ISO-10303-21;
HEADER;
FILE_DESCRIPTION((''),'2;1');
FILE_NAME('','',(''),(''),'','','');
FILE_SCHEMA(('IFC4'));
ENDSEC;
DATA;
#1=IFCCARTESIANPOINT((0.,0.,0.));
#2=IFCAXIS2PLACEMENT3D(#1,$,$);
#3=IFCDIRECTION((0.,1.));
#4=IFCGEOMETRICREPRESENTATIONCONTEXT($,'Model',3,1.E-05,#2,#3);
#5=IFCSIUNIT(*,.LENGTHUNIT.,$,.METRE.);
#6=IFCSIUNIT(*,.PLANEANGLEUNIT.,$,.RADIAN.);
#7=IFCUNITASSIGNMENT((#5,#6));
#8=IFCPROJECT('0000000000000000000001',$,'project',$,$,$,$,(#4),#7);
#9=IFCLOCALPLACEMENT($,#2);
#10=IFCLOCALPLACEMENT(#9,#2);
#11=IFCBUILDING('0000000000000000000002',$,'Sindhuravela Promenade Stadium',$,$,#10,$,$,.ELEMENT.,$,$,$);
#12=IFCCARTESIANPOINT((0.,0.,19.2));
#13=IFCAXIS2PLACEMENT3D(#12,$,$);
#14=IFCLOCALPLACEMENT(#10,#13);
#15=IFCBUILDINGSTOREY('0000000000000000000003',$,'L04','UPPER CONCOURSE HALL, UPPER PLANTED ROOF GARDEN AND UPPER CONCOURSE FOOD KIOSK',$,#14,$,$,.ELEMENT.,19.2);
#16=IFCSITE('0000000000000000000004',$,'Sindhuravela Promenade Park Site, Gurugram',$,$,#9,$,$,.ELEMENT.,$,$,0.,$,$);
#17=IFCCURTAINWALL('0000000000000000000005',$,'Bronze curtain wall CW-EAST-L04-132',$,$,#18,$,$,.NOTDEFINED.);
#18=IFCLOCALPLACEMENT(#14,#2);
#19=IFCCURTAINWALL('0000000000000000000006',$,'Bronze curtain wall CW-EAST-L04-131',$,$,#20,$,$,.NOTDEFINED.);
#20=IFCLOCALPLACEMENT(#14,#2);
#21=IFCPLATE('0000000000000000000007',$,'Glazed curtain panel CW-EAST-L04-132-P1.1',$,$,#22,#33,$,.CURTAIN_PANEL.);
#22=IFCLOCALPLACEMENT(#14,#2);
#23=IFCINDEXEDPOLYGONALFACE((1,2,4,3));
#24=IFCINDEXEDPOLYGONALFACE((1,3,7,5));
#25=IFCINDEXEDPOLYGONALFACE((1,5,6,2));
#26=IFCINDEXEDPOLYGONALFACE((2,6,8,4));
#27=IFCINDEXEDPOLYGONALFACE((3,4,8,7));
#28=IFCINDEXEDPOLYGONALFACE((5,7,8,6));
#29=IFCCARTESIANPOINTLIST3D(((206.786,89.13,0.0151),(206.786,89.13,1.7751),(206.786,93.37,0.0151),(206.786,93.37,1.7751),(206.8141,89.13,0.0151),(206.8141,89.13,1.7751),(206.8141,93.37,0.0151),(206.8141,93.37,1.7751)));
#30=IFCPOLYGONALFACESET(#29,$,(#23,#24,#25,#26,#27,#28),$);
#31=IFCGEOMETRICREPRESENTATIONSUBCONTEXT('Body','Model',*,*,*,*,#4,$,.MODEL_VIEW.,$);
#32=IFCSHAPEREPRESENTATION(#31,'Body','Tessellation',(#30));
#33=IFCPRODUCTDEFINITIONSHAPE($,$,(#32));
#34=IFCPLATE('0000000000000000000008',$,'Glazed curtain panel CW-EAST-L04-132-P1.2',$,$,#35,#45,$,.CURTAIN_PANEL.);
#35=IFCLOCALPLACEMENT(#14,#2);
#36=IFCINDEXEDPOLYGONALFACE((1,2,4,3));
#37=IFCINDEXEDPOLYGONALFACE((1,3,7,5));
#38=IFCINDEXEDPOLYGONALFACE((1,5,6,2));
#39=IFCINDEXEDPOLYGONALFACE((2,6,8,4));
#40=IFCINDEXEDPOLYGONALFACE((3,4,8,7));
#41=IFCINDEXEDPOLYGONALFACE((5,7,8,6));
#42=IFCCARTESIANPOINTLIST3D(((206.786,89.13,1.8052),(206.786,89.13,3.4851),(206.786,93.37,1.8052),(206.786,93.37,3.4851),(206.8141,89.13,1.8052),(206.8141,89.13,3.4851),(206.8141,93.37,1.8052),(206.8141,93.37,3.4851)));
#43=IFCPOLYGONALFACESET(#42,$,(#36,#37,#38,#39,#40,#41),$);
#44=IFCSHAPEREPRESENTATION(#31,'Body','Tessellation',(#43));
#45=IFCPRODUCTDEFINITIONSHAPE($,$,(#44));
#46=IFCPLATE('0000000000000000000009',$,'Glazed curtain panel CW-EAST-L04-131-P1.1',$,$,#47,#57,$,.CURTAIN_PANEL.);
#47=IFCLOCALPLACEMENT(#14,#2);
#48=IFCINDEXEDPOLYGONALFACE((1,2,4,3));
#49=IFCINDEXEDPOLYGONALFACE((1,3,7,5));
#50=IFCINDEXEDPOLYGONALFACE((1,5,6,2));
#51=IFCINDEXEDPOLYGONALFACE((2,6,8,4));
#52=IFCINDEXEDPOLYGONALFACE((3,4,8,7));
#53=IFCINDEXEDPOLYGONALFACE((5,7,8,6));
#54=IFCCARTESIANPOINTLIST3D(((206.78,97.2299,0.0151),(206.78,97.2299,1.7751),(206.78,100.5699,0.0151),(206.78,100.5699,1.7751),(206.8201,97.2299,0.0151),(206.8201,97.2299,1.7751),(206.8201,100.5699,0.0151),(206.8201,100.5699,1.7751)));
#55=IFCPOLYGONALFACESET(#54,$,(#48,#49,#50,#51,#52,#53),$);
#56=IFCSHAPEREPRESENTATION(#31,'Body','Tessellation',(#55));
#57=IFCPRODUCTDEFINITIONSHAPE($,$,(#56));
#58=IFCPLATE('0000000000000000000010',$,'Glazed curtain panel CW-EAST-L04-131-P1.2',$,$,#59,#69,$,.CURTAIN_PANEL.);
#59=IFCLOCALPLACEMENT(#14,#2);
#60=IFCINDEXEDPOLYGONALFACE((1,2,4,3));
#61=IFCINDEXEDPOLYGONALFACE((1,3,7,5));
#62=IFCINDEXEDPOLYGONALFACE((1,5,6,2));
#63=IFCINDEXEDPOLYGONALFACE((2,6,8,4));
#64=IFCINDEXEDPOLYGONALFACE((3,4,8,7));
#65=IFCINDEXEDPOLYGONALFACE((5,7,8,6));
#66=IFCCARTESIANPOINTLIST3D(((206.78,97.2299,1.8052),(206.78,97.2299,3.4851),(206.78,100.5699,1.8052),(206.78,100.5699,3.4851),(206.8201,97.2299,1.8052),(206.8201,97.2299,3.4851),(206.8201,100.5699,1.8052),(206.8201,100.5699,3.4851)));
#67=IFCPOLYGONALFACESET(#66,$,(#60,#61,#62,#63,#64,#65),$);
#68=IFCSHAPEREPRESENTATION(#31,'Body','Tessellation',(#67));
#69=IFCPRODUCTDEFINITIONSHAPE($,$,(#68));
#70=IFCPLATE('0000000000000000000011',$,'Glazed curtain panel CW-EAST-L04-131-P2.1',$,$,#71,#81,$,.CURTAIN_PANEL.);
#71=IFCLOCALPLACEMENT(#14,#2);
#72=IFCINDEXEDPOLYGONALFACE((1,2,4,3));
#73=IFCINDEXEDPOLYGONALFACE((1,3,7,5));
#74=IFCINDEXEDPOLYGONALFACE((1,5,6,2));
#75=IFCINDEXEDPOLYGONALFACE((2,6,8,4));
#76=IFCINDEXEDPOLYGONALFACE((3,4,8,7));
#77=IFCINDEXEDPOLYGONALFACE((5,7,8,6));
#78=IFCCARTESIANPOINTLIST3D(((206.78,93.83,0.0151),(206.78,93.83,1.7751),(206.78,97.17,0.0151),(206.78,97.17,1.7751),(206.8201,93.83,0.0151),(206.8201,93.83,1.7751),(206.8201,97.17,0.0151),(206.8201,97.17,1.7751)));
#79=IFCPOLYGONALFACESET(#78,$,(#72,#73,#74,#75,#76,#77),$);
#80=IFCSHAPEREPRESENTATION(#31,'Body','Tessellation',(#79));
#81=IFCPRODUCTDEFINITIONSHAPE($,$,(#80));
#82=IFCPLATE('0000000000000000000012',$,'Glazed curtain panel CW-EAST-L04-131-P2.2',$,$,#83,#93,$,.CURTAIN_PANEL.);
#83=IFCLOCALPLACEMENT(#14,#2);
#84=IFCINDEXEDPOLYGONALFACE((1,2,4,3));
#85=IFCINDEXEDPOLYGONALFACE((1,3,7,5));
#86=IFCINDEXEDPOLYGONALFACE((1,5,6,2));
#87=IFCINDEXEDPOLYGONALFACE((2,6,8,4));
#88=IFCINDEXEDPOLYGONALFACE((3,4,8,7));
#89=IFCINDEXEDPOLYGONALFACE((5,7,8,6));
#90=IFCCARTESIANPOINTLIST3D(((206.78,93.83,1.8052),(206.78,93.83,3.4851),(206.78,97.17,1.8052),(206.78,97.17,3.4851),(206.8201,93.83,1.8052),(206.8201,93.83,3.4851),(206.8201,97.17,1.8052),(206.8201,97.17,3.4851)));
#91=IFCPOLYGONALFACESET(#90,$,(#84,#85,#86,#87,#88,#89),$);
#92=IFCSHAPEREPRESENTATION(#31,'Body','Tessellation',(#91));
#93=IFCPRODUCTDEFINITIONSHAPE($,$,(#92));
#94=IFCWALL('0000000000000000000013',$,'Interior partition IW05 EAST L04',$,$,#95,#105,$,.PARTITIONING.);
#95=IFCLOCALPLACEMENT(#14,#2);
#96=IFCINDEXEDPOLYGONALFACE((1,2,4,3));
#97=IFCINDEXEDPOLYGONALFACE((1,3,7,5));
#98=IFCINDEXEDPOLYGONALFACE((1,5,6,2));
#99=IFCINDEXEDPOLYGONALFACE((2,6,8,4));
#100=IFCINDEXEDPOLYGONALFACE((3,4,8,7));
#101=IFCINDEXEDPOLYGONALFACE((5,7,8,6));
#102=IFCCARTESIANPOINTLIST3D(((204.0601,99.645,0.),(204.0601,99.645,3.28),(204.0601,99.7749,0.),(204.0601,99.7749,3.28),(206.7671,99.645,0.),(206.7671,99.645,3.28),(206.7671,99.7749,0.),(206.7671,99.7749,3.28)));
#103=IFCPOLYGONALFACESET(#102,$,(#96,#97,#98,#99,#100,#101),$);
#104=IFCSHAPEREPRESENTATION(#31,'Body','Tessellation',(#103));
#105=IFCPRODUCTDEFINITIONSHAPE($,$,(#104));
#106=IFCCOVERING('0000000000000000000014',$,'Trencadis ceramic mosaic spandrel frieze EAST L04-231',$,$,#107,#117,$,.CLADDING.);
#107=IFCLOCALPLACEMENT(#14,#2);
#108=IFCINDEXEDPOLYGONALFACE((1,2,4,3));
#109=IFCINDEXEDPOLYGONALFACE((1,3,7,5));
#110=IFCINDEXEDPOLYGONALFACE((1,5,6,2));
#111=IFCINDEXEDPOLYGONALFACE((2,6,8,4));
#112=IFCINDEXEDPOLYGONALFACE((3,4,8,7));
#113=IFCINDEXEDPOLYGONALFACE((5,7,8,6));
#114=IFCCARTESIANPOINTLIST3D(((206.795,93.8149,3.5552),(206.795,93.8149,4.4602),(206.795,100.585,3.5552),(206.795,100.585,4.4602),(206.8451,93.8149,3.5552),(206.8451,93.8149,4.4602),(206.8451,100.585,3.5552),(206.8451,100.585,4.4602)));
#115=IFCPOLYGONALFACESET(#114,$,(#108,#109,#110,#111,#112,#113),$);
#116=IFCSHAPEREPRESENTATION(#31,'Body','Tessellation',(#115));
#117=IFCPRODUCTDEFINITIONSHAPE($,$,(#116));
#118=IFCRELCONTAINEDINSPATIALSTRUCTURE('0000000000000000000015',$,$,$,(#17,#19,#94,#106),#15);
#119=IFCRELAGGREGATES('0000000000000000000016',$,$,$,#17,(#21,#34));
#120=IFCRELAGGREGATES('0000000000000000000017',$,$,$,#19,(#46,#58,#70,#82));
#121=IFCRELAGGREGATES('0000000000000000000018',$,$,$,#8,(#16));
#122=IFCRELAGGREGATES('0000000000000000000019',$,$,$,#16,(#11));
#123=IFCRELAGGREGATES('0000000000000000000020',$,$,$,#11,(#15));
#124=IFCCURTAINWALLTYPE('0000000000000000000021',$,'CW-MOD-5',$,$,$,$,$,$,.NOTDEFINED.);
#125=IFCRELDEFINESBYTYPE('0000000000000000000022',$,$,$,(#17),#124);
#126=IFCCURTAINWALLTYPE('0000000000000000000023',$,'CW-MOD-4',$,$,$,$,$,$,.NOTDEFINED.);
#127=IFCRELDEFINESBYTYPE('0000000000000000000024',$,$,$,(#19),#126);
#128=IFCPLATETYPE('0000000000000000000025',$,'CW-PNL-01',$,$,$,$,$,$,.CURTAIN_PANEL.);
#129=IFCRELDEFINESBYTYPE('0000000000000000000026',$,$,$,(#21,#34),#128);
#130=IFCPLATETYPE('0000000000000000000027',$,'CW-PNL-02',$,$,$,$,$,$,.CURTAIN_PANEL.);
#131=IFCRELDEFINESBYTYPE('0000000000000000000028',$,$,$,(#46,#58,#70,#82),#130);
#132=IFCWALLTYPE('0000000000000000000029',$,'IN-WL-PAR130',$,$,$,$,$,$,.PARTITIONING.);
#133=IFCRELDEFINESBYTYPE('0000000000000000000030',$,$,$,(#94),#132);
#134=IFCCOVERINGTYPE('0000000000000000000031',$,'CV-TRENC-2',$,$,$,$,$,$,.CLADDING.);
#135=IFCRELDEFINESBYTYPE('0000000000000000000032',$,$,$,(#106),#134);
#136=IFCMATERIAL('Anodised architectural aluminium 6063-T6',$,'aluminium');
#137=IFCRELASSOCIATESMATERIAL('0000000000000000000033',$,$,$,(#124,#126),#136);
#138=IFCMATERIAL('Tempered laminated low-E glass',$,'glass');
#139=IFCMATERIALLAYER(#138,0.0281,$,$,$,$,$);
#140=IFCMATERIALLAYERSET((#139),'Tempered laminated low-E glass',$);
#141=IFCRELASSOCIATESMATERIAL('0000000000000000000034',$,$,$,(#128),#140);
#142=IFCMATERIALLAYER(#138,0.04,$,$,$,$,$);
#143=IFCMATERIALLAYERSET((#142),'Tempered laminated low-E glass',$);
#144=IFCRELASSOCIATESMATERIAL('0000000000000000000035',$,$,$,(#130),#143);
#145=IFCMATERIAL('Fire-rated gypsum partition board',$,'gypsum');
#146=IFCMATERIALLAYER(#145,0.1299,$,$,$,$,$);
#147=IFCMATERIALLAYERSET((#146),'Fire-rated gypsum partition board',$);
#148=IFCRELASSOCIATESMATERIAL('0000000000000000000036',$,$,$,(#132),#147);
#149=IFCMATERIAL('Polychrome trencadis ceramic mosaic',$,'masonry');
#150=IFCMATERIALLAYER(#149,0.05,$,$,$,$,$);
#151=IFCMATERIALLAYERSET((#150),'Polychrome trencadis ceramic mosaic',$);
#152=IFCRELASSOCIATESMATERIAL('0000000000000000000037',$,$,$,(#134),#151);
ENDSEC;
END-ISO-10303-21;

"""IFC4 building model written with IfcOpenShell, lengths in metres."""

from ifc_helpers import new_model, si_unit, direction, frame, frame_2d, origin, origin_2d, place, context, subcontext, project, spatial, rectangle, extrude, material, layer, layer_set, type_object, element, aggregate, save


model = new_model("IFC4")

# Units and contexts
model_context = context("Model", 3, precision=1e-05, world=origin(), true_north=direction((0.0, 1.0)))
body_context = subcontext(model_context, "Body", "Model", "MODEL_VIEW")
ifc_project = project(units=[si_unit("LENGTHUNIT", "METRE"), si_unit("PLANEANGLEUNIT", "RADIAN")], contexts=[model_context])

# Site, building, storey
site_placement = place(None, origin())
site = spatial("IfcSite", under=ifc_project, at=site_placement, Name="Sindhuravela Promenade Park Site, Gurugram", CompositionType="ELEMENT", RefElevation=0.0)
building_placement = place(site_placement, origin())
building = spatial("IfcBuilding", under=site, at=building_placement, Name="Sindhuravela Promenade Stadium", CompositionType="ELEMENT")
storey_placement = place(building_placement, frame((0.0, 0.0, 19.2)))
storey = spatial("IfcBuildingStorey", under=building, at=storey_placement, Name="L04", Description="UPPER CONCOURSE HALL, UPPER PLANTED ROOF GARDEN AND UPPER CONCOURSE FOOD KIOSK", CompositionType="ELEMENT", Elevation=19.2)

# Curtain wall
ifc_material_1 = material(Name="Anodised architectural aluminium 6063-T6", Category="aluminium")
curtain_wall_type_1 = type_object("IfcCurtainWallType", Name="CW-MOD-5", PredefinedType="NOTDEFINED", material=ifc_material_1)
curtain_wall_1_placement = place(storey_placement, origin())
curtain_wall_1 = element("IfcCurtainWall", 1, at=curtain_wall_1_placement, inside=storey, type_object=curtain_wall_type_1, Name="Bronze curtain wall CW-EAST-L04-132", PredefinedType="NOTDEFINED")

# Curtain wall
curtain_wall_type_2 = type_object("IfcCurtainWallType", Name="CW-MOD-4", PredefinedType="NOTDEFINED", material=ifc_material_1)
curtain_wall_2_placement = place(storey_placement, origin())
curtain_wall_2 = element("IfcCurtainWall", 2, at=curtain_wall_2_placement, inside=storey, type_object=curtain_wall_type_2, Name="Bronze curtain wall CW-EAST-L04-131", PredefinedType="NOTDEFINED")

# Plates
ifc_material_2 = material(Name="Tempered laminated low-E glass", Category="glass")
ifc_layer_1 = layer(ifc_material_2, 0.0281)
ifc_layer_set_1 = layer_set([ifc_layer_1], Name="Tempered laminated low-E glass")
plate_type_1 = type_object("IfcPlateType", Name="CW-PNL-01", PredefinedType="CURTAIN_PANEL", material=ifc_layer_set_1)
plate_1_placement = place(storey_placement, frame((206.8, 91.25, 0.0151), z_axis=(0.0, 0.0, 1.0), x_axis=(0.0, -1.0, 0.0)))
plate_1 = element("IfcPlate", 3, at=plate_1_placement, type_object=plate_type_1, Name="Glazed curtain panel CW-EAST-L04-132-P1.1", PredefinedType="CURTAIN_PANEL", context=body_context, shape_type="SweptSolid", body=[
    extrude(rectangle(XDim=4.24, YDim=0.0281, at=origin_2d()), origin(), (0.0, 0.0, 1.0), 1.76),
])
plate_2_placement = place(storey_placement, frame((206.8, 91.25, 1.8052), z_axis=(0.0, 0.0, 1.0), x_axis=(0.0, -1.0, 0.0)))
plate_2 = element("IfcPlate", 4, at=plate_2_placement, type_object=plate_type_1, Name="Glazed curtain panel CW-EAST-L04-132-P1.2", PredefinedType="CURTAIN_PANEL", context=body_context, shape_type="SweptSolid", body=[
    extrude(rectangle(XDim=4.24, YDim=0.0281, at=origin_2d()), origin(), (0.0, 0.0, 1.0), 1.6799),
])
aggregate(curtain_wall_1, [plate_1, plate_2])
ifc_layer_2 = layer(ifc_material_2, 0.04)
ifc_layer_set_2 = layer_set([ifc_layer_2], Name="Tempered laminated low-E glass")
plate_type_2 = type_object("IfcPlateType", Name="CW-PNL-02", PredefinedType="CURTAIN_PANEL", material=ifc_layer_set_2)
plate_3_placement = place(storey_placement, frame((206.8, 98.8999, 0.0151), z_axis=(0.0, 0.0, 1.0), x_axis=(0.0, -1.0, 0.0)))
plate_3 = element("IfcPlate", 5, at=plate_3_placement, type_object=plate_type_2, Name="Glazed curtain panel CW-EAST-L04-131-P1.1", PredefinedType="CURTAIN_PANEL", context=body_context, shape_type="SweptSolid", body=[
    extrude(rectangle(XDim=3.3401, YDim=0.04, at=origin_2d()), origin(), (0.0, 0.0, 1.0), 1.76),
])
plate_4_placement = place(storey_placement, frame((206.8, 98.8999, 1.8052), z_axis=(0.0, 0.0, 1.0), x_axis=(0.0, -1.0, 0.0)))
plate_4 = element("IfcPlate", 6, at=plate_4_placement, type_object=plate_type_2, Name="Glazed curtain panel CW-EAST-L04-131-P1.2", PredefinedType="CURTAIN_PANEL", context=body_context, shape_type="SweptSolid", body=[
    extrude(rectangle(XDim=3.3401, YDim=0.04, at=origin_2d()), origin(), (0.0, 0.0, 1.0), 1.6799),
])
plate_5_placement = place(storey_placement, frame((206.8, 95.5, 0.0151), z_axis=(0.0, 0.0, 1.0), x_axis=(0.0, -1.0, 0.0)))
plate_5 = element("IfcPlate", 7, at=plate_5_placement, type_object=plate_type_2, Name="Glazed curtain panel CW-EAST-L04-131-P2.1", PredefinedType="CURTAIN_PANEL", context=body_context, shape_type="SweptSolid", body=[
    extrude(rectangle(XDim=3.3401, YDim=0.04, at=origin_2d()), origin(), (0.0, 0.0, 1.0), 1.76),
])
plate_6_placement = place(storey_placement, frame((206.8, 95.5, 1.8052), z_axis=(0.0, 0.0, 1.0), x_axis=(0.0, -1.0, 0.0)))
plate_6 = element("IfcPlate", 8, at=plate_6_placement, type_object=plate_type_2, Name="Glazed curtain panel CW-EAST-L04-131-P2.2", PredefinedType="CURTAIN_PANEL", context=body_context, shape_type="SweptSolid", body=[
    extrude(rectangle(XDim=3.3401, YDim=0.04, at=origin_2d()), origin(), (0.0, 0.0, 1.0), 1.6799),
])
aggregate(curtain_wall_2, [plate_3, plate_4, plate_5, plate_6])

# Wall
ifc_material_3 = material(Name="Fire-rated gypsum partition board", Category="gypsum")
ifc_layer_3 = layer(ifc_material_3, 0.1299)
ifc_layer_set_3 = layer_set([ifc_layer_3], Name="Fire-rated gypsum partition board")
wall_type = type_object("IfcWallType", Name="IN-WL-PAR130", PredefinedType="PARTITIONING", material=ifc_layer_set_3)
wall_placement = place(storey_placement, frame((204.0601, 99.71, 0.0), z_axis=(0.0, 0.0, 1.0), x_axis=(1.0, 0.0, 0.0)))
element("IfcWall", 9, at=wall_placement, inside=storey, type_object=wall_type, Name="Interior partition IW05 EAST L04", PredefinedType="PARTITIONING", context=body_context, shape_type="SweptSolid", body=[
    extrude(rectangle(XDim=2.707, YDim=0.1299, at=frame_2d((1.3535, 0.0))), origin(), (0.0, 0.0, 1.0), 3.28),
])

# Covering
ifc_material_4 = material(Name="Polychrome trencadis ceramic mosaic", Category="masonry")
ifc_layer_4 = layer(ifc_material_4, 0.05)
ifc_layer_set_4 = layer_set([ifc_layer_4], Name="Polychrome trencadis ceramic mosaic")
covering_type = type_object("IfcCoveringType", Name="CV-TRENC-2", PredefinedType="CLADDING", material=ifc_layer_set_4)
covering_placement = place(storey_placement, frame((206.8201, 97.2, 3.5552), z_axis=(0.0, 0.0, 1.0), x_axis=(0.0, -1.0, 0.0)))
element("IfcCovering", 10, at=covering_placement, inside=storey, type_object=covering_type, Name="Trencadis ceramic mosaic spandrel frieze EAST L04-231", PredefinedType="CLADDING", context=body_context, shape_type="SweptSolid", body=[
    extrude(rectangle(XDim=6.77, YDim=0.05, at=origin_2d()), origin(), (0.0, 0.0, 1.0), 0.905),
])

save(model, "model.ifc")
